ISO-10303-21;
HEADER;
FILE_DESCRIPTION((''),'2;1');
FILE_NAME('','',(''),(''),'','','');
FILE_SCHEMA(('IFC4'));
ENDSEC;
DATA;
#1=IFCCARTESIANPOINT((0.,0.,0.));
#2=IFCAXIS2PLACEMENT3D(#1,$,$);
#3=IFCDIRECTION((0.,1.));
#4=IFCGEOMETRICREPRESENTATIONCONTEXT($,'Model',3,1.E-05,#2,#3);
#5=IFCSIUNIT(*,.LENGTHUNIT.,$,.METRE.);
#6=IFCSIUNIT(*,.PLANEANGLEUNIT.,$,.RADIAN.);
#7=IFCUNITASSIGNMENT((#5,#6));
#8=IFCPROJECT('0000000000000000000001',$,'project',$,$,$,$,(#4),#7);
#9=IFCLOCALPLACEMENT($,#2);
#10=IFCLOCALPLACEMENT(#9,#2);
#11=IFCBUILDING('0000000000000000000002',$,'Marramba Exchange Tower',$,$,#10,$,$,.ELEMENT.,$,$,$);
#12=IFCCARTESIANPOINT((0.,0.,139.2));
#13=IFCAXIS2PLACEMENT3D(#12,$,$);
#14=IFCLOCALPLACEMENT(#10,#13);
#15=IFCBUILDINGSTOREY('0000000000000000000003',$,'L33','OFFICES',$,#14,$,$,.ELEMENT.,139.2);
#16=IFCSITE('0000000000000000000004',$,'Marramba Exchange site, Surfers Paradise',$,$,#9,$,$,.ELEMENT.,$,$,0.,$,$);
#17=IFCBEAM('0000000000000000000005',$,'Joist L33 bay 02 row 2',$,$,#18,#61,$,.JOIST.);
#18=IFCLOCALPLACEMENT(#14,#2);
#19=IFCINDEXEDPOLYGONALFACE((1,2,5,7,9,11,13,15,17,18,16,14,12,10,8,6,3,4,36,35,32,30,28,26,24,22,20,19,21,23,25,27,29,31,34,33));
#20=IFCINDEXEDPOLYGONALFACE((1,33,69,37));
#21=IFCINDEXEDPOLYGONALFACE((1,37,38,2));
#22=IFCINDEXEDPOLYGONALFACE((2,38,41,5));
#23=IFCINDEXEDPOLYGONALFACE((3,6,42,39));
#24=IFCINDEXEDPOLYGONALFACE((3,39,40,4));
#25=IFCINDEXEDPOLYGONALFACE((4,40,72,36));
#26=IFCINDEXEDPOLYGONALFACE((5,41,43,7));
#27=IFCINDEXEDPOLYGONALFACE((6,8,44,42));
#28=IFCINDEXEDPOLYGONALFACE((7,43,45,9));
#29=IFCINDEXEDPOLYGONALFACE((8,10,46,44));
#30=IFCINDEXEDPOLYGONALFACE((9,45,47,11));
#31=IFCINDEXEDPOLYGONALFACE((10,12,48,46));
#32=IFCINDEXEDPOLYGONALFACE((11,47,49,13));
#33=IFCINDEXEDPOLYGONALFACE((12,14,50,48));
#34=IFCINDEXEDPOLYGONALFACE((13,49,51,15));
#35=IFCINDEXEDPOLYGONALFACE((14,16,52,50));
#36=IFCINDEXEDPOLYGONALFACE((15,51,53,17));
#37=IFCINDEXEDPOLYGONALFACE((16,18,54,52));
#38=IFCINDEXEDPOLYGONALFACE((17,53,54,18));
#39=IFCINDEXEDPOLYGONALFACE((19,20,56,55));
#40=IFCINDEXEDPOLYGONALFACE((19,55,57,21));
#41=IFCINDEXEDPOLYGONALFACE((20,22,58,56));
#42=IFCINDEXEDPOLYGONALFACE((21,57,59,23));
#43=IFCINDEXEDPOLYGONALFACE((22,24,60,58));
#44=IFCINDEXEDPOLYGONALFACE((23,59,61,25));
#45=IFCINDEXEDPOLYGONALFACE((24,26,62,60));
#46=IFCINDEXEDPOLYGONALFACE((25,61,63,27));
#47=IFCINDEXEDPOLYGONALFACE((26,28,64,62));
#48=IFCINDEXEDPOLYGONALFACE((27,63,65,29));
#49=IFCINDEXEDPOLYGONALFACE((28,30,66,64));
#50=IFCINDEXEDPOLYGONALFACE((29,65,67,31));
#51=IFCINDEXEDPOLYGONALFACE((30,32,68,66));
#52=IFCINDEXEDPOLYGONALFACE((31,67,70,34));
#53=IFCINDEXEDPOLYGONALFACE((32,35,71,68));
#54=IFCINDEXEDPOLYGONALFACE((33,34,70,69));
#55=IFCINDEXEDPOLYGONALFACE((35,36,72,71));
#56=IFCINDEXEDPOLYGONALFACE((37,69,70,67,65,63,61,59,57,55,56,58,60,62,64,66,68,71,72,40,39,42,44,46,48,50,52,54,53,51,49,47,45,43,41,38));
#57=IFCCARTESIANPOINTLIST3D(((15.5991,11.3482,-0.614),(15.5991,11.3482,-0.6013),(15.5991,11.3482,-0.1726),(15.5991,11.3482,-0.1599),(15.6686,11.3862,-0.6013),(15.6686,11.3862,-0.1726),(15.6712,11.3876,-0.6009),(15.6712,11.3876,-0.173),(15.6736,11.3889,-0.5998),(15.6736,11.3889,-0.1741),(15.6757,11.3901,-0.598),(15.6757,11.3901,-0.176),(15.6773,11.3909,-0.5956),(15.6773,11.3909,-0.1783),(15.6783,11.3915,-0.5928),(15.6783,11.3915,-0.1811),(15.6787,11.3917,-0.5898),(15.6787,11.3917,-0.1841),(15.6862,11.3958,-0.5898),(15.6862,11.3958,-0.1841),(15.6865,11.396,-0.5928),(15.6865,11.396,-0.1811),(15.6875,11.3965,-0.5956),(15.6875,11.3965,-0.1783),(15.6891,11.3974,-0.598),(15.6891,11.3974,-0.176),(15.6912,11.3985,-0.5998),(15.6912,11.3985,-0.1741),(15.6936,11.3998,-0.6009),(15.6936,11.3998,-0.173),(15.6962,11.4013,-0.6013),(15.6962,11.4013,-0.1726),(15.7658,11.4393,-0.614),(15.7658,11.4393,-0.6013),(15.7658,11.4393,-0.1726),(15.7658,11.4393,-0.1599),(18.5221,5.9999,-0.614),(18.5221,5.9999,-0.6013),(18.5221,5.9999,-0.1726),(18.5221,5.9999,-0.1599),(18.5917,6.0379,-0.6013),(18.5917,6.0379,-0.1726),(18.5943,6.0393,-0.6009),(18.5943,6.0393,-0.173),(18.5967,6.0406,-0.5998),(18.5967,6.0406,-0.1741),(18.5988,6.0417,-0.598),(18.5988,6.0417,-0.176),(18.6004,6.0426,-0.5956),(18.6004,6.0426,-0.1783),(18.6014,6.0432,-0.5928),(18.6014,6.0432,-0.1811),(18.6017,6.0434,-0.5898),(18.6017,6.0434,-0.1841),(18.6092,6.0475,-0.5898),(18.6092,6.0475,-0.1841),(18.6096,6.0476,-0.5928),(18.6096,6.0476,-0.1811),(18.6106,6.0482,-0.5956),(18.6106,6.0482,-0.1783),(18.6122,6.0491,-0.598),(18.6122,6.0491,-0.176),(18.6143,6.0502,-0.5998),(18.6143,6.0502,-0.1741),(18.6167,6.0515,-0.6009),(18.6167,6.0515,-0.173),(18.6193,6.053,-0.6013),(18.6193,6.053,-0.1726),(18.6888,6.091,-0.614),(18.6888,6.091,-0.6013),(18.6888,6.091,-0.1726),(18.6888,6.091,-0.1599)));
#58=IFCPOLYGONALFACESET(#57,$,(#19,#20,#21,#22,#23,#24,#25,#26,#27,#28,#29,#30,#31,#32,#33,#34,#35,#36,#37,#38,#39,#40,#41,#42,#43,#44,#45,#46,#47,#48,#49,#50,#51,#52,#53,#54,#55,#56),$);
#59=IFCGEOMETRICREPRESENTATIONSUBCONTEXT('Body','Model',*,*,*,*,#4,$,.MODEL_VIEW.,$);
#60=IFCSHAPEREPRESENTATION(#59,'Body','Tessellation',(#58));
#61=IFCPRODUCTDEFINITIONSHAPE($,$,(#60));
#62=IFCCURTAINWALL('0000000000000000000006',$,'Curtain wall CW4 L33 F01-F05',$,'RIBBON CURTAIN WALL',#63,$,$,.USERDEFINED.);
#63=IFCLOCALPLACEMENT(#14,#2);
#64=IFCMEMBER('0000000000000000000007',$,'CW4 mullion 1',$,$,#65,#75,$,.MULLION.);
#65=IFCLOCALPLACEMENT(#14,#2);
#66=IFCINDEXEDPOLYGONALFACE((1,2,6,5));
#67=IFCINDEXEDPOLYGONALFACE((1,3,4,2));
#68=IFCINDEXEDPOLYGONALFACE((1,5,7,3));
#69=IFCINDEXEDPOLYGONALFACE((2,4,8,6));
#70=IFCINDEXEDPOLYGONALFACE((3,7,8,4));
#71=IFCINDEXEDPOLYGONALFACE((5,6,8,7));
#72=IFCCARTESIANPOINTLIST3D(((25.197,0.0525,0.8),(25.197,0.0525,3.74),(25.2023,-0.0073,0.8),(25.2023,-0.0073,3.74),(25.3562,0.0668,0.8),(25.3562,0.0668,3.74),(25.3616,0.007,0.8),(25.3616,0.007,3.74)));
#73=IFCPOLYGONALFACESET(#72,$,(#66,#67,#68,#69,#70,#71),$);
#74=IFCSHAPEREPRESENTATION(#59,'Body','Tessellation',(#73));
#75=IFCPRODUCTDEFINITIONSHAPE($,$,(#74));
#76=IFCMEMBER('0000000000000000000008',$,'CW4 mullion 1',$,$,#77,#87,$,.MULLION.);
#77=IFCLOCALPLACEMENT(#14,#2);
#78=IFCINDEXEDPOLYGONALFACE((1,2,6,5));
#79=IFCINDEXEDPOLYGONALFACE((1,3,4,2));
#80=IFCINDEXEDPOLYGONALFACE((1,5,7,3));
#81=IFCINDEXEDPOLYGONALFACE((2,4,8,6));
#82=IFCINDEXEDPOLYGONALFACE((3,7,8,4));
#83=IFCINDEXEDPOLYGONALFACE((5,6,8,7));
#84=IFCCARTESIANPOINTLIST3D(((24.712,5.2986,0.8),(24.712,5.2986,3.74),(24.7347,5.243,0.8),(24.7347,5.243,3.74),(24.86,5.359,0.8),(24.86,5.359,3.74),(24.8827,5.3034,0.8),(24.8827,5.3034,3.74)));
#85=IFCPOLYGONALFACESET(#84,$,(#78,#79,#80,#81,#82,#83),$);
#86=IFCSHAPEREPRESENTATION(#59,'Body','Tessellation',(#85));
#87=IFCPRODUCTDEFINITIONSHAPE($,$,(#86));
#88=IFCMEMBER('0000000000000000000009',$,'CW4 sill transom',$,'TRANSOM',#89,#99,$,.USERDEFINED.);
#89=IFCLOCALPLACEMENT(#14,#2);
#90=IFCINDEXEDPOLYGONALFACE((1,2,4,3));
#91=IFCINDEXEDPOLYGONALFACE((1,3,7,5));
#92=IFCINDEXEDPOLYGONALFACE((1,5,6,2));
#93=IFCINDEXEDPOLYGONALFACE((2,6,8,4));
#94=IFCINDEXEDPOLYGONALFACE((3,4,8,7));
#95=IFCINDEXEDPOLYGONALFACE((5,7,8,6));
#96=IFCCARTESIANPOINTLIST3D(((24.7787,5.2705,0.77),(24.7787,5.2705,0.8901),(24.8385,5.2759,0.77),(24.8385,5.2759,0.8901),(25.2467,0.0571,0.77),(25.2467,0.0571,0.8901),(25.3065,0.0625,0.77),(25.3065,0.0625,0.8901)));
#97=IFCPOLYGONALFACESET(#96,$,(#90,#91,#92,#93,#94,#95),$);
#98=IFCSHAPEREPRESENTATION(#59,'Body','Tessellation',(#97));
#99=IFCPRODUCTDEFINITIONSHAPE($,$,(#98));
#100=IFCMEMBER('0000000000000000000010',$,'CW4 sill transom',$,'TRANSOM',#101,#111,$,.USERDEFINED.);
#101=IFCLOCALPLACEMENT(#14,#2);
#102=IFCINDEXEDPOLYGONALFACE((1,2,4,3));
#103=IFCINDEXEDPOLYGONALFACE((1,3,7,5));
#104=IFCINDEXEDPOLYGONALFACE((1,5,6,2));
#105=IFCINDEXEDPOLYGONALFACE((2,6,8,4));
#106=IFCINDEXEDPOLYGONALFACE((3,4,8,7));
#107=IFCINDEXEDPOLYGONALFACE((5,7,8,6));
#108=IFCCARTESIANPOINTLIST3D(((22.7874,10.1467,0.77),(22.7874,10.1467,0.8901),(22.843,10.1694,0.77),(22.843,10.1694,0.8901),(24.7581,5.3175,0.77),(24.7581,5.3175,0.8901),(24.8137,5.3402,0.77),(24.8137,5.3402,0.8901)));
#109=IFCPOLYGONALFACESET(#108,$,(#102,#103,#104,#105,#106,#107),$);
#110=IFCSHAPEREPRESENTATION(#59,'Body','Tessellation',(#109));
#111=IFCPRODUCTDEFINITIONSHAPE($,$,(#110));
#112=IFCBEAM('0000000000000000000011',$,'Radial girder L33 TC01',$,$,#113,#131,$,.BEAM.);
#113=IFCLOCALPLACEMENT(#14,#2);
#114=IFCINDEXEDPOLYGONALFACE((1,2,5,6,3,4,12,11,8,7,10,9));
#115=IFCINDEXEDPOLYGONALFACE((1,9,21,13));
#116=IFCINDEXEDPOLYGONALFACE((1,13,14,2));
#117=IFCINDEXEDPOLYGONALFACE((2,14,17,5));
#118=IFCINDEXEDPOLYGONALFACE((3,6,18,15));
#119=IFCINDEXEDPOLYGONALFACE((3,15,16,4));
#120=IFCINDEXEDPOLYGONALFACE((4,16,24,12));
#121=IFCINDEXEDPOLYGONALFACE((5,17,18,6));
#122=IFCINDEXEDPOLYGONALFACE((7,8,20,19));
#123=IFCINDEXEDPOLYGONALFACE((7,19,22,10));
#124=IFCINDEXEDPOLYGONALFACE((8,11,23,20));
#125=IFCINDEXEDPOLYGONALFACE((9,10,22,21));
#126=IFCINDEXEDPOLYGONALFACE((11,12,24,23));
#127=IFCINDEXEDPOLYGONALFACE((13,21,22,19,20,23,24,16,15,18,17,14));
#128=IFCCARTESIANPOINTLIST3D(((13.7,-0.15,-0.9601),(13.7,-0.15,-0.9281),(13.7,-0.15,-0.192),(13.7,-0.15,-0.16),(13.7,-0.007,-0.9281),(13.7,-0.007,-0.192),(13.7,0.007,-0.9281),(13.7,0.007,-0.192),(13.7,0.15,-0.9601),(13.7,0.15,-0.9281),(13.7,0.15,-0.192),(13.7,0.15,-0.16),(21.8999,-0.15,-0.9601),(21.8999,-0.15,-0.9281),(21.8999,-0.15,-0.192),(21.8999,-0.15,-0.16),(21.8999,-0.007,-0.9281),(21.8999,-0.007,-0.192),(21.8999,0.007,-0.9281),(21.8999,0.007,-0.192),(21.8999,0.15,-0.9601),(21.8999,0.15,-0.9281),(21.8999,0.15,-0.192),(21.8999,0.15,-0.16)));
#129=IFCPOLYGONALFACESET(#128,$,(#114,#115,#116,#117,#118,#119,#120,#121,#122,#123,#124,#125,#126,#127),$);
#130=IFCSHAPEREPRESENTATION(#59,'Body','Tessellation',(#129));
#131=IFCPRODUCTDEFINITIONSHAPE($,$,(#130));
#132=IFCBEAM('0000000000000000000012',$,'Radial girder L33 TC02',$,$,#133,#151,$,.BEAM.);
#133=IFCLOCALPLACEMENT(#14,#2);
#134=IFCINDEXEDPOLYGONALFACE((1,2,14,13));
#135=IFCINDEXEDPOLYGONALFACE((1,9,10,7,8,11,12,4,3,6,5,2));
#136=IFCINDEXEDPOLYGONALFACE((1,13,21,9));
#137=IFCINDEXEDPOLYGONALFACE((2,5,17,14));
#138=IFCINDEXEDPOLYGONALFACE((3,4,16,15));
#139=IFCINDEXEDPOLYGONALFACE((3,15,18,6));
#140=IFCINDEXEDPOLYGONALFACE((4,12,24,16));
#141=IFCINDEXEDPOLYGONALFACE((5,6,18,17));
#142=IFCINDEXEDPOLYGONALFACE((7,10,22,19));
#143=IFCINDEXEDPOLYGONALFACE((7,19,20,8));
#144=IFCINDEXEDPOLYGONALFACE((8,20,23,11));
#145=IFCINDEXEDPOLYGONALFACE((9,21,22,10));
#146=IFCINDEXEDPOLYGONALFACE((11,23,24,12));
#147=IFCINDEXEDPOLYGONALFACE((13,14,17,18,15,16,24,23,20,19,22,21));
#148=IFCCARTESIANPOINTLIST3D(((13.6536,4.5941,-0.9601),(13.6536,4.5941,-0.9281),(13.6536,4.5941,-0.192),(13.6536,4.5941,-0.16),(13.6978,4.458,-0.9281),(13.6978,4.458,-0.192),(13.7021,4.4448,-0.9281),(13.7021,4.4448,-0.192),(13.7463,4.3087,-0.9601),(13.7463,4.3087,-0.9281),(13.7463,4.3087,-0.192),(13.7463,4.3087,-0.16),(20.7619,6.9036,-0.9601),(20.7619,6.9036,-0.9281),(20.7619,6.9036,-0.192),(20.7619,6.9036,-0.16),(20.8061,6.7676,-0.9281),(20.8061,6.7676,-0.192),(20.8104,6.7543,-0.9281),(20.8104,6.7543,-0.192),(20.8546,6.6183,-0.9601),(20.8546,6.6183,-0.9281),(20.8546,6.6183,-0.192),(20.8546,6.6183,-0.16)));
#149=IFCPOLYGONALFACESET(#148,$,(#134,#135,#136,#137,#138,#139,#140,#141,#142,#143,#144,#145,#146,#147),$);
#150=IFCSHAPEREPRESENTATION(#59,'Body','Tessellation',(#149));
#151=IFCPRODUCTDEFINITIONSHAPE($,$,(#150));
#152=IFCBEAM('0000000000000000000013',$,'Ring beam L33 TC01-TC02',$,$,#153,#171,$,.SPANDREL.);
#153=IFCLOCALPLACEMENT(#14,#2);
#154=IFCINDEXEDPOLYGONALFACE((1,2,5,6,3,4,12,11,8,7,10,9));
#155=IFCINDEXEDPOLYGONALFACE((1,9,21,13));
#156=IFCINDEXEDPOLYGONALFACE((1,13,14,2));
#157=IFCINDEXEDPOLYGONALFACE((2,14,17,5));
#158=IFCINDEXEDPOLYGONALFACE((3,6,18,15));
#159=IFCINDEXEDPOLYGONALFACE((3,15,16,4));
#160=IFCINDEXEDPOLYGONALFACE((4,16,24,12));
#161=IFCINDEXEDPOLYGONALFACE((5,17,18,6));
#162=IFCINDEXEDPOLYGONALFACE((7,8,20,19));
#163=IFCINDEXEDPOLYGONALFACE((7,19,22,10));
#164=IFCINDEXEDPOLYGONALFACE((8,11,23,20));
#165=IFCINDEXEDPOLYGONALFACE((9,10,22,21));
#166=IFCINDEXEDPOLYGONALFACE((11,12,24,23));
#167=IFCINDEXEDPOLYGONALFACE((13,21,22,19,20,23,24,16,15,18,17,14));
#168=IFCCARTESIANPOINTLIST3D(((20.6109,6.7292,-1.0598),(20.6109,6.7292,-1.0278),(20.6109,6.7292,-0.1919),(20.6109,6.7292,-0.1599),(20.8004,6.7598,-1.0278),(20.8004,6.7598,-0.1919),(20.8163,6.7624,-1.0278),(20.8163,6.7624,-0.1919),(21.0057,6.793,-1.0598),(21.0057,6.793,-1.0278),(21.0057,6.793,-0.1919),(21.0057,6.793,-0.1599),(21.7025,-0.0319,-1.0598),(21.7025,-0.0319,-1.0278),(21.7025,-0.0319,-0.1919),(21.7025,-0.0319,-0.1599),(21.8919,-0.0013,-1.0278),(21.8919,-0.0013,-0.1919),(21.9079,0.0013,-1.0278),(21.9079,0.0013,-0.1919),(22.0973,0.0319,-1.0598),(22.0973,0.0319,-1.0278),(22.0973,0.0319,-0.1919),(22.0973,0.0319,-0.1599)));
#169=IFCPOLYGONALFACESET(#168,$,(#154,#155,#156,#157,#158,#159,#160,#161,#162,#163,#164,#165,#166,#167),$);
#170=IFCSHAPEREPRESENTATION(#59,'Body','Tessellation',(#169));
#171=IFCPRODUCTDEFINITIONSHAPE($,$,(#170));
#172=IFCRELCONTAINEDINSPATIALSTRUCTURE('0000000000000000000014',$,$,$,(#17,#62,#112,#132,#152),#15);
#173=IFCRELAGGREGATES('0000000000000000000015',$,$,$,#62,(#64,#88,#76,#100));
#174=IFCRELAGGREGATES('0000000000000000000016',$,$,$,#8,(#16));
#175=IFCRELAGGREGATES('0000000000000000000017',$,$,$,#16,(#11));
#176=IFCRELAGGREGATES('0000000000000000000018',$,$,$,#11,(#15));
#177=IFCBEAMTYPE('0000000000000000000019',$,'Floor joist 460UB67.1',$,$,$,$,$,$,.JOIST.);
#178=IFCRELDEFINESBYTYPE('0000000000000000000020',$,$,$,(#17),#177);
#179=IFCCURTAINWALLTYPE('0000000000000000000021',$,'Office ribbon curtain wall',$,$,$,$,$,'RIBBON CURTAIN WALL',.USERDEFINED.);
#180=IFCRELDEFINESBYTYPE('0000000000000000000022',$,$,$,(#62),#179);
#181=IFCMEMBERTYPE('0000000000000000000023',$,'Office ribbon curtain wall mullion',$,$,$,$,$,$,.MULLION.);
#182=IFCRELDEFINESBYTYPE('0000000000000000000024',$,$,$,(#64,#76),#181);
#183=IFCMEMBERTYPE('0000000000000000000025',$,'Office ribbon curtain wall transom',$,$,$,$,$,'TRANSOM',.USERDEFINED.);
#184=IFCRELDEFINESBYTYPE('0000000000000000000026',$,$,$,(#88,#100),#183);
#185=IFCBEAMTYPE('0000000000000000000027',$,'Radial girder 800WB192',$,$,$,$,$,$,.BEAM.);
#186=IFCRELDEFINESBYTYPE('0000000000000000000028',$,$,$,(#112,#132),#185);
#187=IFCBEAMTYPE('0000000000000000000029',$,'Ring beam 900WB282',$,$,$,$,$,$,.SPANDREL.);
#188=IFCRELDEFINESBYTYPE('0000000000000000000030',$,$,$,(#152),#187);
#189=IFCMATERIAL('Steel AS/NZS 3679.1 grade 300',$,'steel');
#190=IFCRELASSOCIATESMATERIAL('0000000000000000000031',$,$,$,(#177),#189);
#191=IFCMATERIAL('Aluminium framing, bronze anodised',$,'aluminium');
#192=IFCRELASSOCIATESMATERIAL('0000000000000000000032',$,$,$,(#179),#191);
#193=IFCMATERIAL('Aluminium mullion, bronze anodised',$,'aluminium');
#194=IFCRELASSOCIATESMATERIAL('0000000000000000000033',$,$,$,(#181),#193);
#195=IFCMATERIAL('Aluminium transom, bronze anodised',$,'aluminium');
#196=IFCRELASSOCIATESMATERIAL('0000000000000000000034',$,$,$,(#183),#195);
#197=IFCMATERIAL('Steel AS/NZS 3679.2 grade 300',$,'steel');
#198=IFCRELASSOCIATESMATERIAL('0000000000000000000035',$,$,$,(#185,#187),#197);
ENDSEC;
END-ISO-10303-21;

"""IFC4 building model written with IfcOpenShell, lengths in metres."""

from ifc_helpers import new_model, si_unit, direction, frame, origin, origin_2d, place, context, subcontext, project, spatial, rectangle, i_section, extrude, material, material_profile, profile_set, type_object, element, aggregate, save


model = new_model("IFC4")

# Units and contexts
model_context = context("Model", 3, precision=1e-05, world=origin(), true_north=direction((0.0, 1.0)))
body_context = subcontext(model_context, "Body", "Model", "MODEL_VIEW")
ifc_project = project(units=[si_unit("LENGTHUNIT", "METRE"), si_unit("PLANEANGLEUNIT", "RADIAN")], contexts=[model_context])

# Site, building, storey
site_placement = place(None, origin())
site = spatial("IfcSite", under=ifc_project, at=site_placement, Name="Marramba Exchange site, Surfers Paradise", CompositionType="ELEMENT", RefElevation=0.0)
building_placement = place(site_placement, origin())
building = spatial("IfcBuilding", under=site, at=building_placement, Name="Marramba Exchange Tower", CompositionType="ELEMENT")
storey_placement = place(building_placement, frame((0.0, 0.0, 139.2)))
storey = spatial("IfcBuildingStorey", under=building, at=storey_placement, Name="L33", Description="OFFICES", CompositionType="ELEMENT", Elevation=139.2)

# Beam
ifc_material_1 = material(Name="Steel AS/NZS 3679.2 grade 300", Category="steel")
ifc_material_2 = material(Name="Steel AS/NZS 3679.1 grade 300", Category="steel")
ifc_material_profile_1 = material_profile(ifc_material_2, i_section(OverallWidth=0.1899, OverallDepth=0.4541, WebThickness=0.0085, FlangeThickness=0.0127, FilletRadius=0.0115, at=origin_2d()), Name="460UB67.1")
ifc_profile_set_1 = profile_set([ifc_material_profile_1], Name="Steel AS/NZS 3679.1 grade 300")
beam_type_1 = type_object("IfcBeamType", Name="Floor joist 460UB67.1", PredefinedType="JOIST", material=ifc_profile_set_1)
beam_1_placement = place(storey_placement, frame((18.6055, 6.0454, -0.387), z_axis=(-0.479584, 0.877496, 0.0), x_axis=(-0.877496, -0.479584, 0.0)))
element("IfcBeam", 1, at=beam_1_placement, inside=storey, type_object=beam_type_1, Name="Joist L33 bay 02 row 2", PredefinedType="JOIST", context=body_context, shape_type="SweptSolid", body=[
    extrude(i_section(OverallWidth=0.1899, OverallDepth=0.4541, WebThickness=0.0085, FlangeThickness=0.0127, FilletRadius=0.0115, at=origin_2d()), origin(), (0.0, 0.0, 1.0), 6.095),
])

# Curtain wall, members
ifc_material_3 = material(Name="Aluminium framing, bronze anodised", Category="aluminium")
curtain_wall_type = type_object("IfcCurtainWallType", Name="Office ribbon curtain wall", ElementType="RIBBON CURTAIN WALL", PredefinedType="USERDEFINED", material=ifc_material_3)
curtain_wall_placement = place(storey_placement, origin())
curtain_wall = element("IfcCurtainWall", 2, at=curtain_wall_placement, inside=storey, type_object=curtain_wall_type, Name="Curtain wall CW4 L33 F01-F05", ObjectType="RIBBON CURTAIN WALL", PredefinedType="USERDEFINED")
ifc_material_4 = material(Name="Aluminium mullion, bronze anodised", Category="aluminium")
ifc_material_profile_2 = material_profile(ifc_material_4, rectangle(XDim=0.1599, YDim=0.0601, at=origin_2d()), Name="CW4 mullion 60x160")
ifc_profile_set_2 = profile_set([ifc_material_profile_2], Name="Aluminium mullion, bronze anodised")
member_type_1 = type_object("IfcMemberType", Name="Office ribbon curtain wall mullion", PredefinedType="MULLION", material=ifc_profile_set_2)
member_1_placement = place(storey_placement, frame((25.2793, 0.0298, 0.8), z_axis=(0.0, 0.0, 1.0), x_axis=(-0.995995, -0.089413, 0.0)))
member_1 = element("IfcMember", 3, at=member_1_placement, type_object=member_type_1, Name="CW4 mullion 1", PredefinedType="MULLION", context=body_context, shape_type="SweptSolid", body=[
    extrude(rectangle(XDim=0.1599, YDim=0.0601, at=origin_2d()), origin(), (0.0, 0.0, 1.0), 2.9399),
])
member_2_placement = place(storey_placement, frame((24.7974, 5.301, 0.8), z_axis=(0.0, 0.0, 1.0), x_axis=(-0.925879, -0.377821, 0.0)))
member_2 = element("IfcMember", 4, at=member_2_placement, type_object=member_type_1, Name="CW4 mullion 1", PredefinedType="MULLION", context=body_context, shape_type="SweptSolid", body=[
    extrude(rectangle(XDim=0.1599, YDim=0.0601, at=origin_2d()), origin(), (0.0, 0.0, 1.0), 2.9399),
])
ifc_material_5 = material(Name="Aluminium transom, bronze anodised", Category="aluminium")
ifc_material_profile_3 = material_profile(ifc_material_5, rectangle(XDim=0.0601, YDim=0.1201, at=origin_2d()), Name="CW4 transom 60x120")
ifc_profile_set_3 = profile_set([ifc_material_profile_3], Name="Aluminium transom, bronze anodised")
member_type_2 = type_object("IfcMemberType", Name="Office ribbon curtain wall transom", ElementType="TRANSOM", PredefinedType="USERDEFINED", material=ifc_profile_set_3)
member_3_placement = place(storey_placement, frame((25.2766, 0.0598, 0.8301), z_axis=(-0.089413, 0.995995, 0.0), x_axis=(-0.995995, -0.089413, 0.0)))
member_3 = element("IfcMember", 5, at=member_3_placement, type_object=member_type_2, Name="CW4 sill transom", ObjectType="TRANSOM", PredefinedType="USERDEFINED", context=body_context, shape_type="SweptSolid", body=[
    extrude(rectangle(XDim=0.0601, YDim=0.1201, at=origin_2d()), origin(), (0.0, 0.0, 1.0), 5.2344),
])
member_4_placement = place(storey_placement, frame((24.7859, 5.3289, 0.8301), z_axis=(-0.377838, 0.925872, 0.0), x_axis=(-0.925872, -0.377838, 0.0)))
member_4 = element("IfcMember", 6, at=member_4_placement, type_object=member_type_2, Name="CW4 sill transom", ObjectType="TRANSOM", PredefinedType="USERDEFINED", context=body_context, shape_type="SweptSolid", body=[
    extrude(rectangle(XDim=0.0601, YDim=0.1201, at=origin_2d()), origin(), (0.0, 0.0, 1.0), 5.2158),
])

# Beams
ifc_material_profile_4 = material_profile(ifc_material_1, i_section(OverallWidth=0.3, OverallDepth=0.8, WebThickness=0.0139, FlangeThickness=0.032, at=origin_2d()), Name="800WB192")
ifc_profile_set_4 = profile_set([ifc_material_profile_4], Name="Steel AS/NZS 3679.2 grade 300")
beam_type_2 = type_object("IfcBeamType", Name="Radial girder 800WB192", PredefinedType="BEAM", material=ifc_profile_set_4)
beam_2_placement = place(storey_placement, frame((13.7, 0.0, -0.5601), z_axis=(1.0, 0.0, 0.0), x_axis=(0.0, 1.0, 0.0)))
element("IfcBeam", 7, at=beam_2_placement, inside=storey, type_object=beam_type_2, Name="Radial girder L33 TC01", PredefinedType="BEAM", context=body_context, shape_type="SweptSolid", body=[
    extrude(i_section(OverallWidth=0.3, OverallDepth=0.8, WebThickness=0.0139, FlangeThickness=0.032, at=origin_2d()), origin(), (0.0, 0.0, 1.0), 8.2),
])
beam_3_placement = place(storey_placement, frame((13.7, 4.4514, -0.5601), z_axis=(0.95106, 0.309006, 0.0), x_axis=(-0.309006, 0.95106, 0.0)))
element("IfcBeam", 8, at=beam_3_placement, inside=storey, type_object=beam_type_2, Name="Radial girder L33 TC02", PredefinedType="BEAM", context=body_context, shape_type="SweptSolid", body=[
    extrude(i_section(OverallWidth=0.3, OverallDepth=0.8, WebThickness=0.0139, FlangeThickness=0.032, at=origin_2d()), origin(), (0.0, 0.0, 1.0), 7.4741),
])
ifc_material_profile_5 = material_profile(ifc_material_1, i_section(OverallWidth=0.3999, OverallDepth=0.8999, WebThickness=0.0161, FlangeThickness=0.032, at=origin_2d()), Name="900WB282")
ifc_profile_set_5 = profile_set([ifc_material_profile_5], Name="Steel AS/NZS 3679.2 grade 300")
beam_type_3 = type_object("IfcBeamType", Name="Ring beam 900WB282", PredefinedType="SPANDREL", material=ifc_profile_set_5)
beam_4_placement = place(storey_placement, frame((21.8999, 0.0, -0.6099), z_axis=(-0.159385, 0.987217, 0.0), x_axis=(-0.987217, -0.159385, 0.0)))
element("IfcBeam", 9, at=beam_4_placement, inside=storey, type_object=beam_type_3, Name="Ring beam L33 TC01-TC02", PredefinedType="SPANDREL", context=body_context, shape_type="SweptSolid", body=[
    extrude(i_section(OverallWidth=0.3999, OverallDepth=0.8999, WebThickness=0.0161, FlangeThickness=0.032, at=origin_2d()), origin(), (0.0, 0.0, 1.0), 6.8486),
])

aggregate(curtain_wall, [member_1, member_3, member_2, member_4])

save(model, "model.ifc")
